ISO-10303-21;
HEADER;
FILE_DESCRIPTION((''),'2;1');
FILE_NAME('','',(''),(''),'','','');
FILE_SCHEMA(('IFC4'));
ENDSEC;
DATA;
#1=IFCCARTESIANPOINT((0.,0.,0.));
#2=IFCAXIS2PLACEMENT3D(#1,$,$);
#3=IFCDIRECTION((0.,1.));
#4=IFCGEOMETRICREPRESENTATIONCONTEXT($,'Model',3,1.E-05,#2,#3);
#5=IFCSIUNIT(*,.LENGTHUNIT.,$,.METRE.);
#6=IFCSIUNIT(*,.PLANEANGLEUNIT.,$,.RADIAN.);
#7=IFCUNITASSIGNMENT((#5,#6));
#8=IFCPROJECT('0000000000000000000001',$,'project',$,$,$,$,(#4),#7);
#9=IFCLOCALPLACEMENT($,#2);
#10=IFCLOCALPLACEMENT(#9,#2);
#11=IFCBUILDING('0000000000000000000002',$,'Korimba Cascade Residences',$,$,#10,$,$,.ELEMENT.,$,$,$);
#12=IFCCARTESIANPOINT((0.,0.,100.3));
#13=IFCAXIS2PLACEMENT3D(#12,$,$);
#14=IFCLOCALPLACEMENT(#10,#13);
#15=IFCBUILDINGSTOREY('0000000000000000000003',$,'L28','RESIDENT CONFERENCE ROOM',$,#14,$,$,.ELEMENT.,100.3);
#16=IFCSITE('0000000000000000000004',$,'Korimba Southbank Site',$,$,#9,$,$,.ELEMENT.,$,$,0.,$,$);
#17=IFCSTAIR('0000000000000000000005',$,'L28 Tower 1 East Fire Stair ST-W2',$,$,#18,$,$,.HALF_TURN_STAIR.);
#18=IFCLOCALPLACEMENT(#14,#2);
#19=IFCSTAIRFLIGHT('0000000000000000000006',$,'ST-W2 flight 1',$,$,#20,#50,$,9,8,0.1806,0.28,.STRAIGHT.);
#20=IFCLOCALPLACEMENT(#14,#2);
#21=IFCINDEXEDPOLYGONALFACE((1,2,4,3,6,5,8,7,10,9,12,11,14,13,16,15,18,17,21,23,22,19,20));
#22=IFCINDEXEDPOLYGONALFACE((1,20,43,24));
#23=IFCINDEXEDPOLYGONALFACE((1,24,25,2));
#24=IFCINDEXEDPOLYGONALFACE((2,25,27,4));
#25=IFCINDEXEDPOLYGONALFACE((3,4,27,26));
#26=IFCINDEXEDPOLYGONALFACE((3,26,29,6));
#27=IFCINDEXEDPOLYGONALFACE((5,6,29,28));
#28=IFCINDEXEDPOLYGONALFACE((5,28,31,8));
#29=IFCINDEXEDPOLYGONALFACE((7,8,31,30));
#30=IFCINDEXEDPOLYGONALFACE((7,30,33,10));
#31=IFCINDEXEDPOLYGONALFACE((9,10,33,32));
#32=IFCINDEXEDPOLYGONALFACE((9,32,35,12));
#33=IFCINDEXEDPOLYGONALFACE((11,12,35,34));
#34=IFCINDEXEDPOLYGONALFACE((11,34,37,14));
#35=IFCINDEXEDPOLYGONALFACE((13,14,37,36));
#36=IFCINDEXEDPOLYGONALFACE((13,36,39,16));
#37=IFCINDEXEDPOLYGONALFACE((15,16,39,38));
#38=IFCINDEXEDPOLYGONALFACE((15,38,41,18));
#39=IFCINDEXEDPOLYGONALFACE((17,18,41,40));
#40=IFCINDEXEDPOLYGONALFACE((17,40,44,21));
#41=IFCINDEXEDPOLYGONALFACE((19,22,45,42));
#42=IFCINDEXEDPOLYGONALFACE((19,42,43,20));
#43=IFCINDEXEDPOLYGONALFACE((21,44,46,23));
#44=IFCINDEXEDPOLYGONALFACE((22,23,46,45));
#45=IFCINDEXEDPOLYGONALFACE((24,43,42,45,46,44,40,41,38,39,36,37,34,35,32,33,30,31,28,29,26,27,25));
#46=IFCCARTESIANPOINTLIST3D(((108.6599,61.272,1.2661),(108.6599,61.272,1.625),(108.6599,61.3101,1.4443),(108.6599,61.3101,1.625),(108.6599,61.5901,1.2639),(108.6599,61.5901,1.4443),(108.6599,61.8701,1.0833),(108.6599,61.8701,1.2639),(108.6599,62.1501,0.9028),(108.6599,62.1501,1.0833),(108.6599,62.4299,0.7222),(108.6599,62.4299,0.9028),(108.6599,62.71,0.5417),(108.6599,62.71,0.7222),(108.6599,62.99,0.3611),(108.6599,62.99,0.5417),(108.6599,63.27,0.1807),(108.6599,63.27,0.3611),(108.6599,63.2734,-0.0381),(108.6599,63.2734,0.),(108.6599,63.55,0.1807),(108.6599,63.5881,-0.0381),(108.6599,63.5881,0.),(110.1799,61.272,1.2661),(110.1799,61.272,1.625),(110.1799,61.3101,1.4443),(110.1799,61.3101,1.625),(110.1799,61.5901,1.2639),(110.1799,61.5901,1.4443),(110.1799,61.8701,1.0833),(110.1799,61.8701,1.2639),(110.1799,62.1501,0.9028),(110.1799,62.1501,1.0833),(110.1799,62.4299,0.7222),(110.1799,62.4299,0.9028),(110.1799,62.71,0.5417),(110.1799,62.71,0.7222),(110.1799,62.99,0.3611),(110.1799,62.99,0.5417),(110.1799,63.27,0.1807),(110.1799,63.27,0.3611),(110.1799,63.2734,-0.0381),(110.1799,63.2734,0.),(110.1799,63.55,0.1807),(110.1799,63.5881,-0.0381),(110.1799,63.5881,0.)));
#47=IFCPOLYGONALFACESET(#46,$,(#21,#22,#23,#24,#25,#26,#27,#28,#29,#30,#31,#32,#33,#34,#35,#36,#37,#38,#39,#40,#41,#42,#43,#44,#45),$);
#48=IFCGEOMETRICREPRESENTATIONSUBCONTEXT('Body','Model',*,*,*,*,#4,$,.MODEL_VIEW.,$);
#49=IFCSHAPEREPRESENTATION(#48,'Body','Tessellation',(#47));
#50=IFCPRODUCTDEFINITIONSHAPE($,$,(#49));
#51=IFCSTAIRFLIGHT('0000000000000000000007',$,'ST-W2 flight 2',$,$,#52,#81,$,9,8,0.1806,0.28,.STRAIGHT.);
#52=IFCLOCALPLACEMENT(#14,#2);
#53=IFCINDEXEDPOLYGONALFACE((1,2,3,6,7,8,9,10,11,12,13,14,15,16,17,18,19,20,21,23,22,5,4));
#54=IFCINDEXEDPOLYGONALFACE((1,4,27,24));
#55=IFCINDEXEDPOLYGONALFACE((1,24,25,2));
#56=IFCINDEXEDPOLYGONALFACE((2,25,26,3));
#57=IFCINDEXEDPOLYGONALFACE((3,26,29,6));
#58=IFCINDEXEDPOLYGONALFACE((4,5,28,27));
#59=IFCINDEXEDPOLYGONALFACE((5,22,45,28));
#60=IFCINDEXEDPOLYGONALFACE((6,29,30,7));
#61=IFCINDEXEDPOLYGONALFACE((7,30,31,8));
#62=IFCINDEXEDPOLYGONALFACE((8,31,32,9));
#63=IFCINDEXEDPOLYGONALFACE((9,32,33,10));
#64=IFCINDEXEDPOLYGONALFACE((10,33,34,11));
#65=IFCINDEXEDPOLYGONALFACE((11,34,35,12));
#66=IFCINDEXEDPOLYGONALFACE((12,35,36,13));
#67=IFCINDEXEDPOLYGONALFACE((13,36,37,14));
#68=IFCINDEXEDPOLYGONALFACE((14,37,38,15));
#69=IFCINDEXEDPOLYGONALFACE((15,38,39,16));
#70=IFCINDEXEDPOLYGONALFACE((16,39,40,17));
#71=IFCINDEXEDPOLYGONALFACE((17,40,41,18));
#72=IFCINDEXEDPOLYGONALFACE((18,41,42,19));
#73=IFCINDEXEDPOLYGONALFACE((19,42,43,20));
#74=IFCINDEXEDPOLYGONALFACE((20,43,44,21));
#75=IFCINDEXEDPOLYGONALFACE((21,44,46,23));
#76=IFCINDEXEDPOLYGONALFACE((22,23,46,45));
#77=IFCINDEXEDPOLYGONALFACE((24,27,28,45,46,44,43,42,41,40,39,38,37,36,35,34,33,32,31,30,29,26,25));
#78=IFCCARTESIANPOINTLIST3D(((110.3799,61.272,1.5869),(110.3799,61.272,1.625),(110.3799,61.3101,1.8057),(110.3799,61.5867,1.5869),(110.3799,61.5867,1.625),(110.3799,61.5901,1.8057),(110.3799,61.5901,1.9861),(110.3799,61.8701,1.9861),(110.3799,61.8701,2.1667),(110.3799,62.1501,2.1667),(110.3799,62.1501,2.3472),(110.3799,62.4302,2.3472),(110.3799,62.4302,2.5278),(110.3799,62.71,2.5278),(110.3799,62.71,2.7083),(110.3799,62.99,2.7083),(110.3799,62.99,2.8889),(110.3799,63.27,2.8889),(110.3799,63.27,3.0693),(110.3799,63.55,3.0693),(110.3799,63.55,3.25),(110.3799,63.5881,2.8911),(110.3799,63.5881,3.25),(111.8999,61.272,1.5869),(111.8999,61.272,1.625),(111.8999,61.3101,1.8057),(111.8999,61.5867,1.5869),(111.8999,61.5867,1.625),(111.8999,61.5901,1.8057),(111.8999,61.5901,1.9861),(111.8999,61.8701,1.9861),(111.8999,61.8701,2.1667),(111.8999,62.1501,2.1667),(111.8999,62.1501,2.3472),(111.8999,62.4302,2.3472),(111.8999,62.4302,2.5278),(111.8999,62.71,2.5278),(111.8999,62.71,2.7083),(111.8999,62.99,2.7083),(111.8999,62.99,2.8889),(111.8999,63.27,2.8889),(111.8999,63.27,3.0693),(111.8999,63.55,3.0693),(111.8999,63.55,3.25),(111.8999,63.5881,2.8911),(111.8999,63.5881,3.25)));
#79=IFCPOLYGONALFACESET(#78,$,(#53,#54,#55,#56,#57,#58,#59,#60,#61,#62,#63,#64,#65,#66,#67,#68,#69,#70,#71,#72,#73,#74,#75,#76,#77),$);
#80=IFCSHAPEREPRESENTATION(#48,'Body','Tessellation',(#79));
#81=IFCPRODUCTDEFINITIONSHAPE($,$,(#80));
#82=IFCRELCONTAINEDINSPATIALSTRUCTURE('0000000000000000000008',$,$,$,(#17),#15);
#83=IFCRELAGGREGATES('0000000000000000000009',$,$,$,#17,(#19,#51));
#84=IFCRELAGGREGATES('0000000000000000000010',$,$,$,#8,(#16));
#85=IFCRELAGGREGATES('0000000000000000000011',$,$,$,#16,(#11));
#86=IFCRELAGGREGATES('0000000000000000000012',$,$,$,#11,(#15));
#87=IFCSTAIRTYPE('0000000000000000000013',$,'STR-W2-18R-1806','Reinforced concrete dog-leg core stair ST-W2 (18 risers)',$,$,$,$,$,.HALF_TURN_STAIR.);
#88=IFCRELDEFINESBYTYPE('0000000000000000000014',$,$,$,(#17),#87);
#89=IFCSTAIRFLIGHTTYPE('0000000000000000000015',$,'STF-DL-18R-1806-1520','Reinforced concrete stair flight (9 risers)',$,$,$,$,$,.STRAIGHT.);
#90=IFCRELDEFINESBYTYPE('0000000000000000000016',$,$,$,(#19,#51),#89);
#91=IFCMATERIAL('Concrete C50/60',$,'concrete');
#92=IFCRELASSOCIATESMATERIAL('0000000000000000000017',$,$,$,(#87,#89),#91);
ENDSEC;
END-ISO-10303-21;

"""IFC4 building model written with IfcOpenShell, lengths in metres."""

from ifc_helpers import new_model, si_unit, direction, frame, origin, place, context, subcontext, project, spatial, polyline, outline, extrude, material, type_object, element, aggregate, save


model = new_model("IFC4")

# Units and contexts
model_context = context("Model", 3, precision=1e-05, world=origin(), true_north=direction((0.0, 1.0)))
body_context = subcontext(model_context, "Body", "Model", "MODEL_VIEW")
ifc_project = project(units=[si_unit("LENGTHUNIT", "METRE"), si_unit("PLANEANGLEUNIT", "RADIAN")], contexts=[model_context])

# Site, building, storey
site_placement = place(None, origin())
site = spatial("IfcSite", under=ifc_project, at=site_placement, Name="Korimba Southbank Site", CompositionType="ELEMENT", RefElevation=0.0)
building_placement = place(site_placement, origin())
building = spatial("IfcBuilding", under=site, at=building_placement, Name="Korimba Cascade Residences", CompositionType="ELEMENT")
storey_placement = place(building_placement, frame((0.0, 0.0, 100.3)))
storey = spatial("IfcBuildingStorey", under=building, at=storey_placement, Name="L28", Description="RESIDENT CONFERENCE ROOM", CompositionType="ELEMENT", Elevation=100.3)

# Shared definitions
ifc_material_1 = material(Name="Concrete C50/60", Category="concrete")

# Stair, stair flights
stair_type = type_object("IfcStairType", Name="STR-W2-18R-1806", Description="Reinforced concrete dog-leg core stair ST-W2 (18 risers)", PredefinedType="HALF_TURN_STAIR", material=ifc_material_1)
stair_placement = place(storey_placement, origin())
stair = element("IfcStair", 1, at=stair_placement, inside=storey, type_object=stair_type, Name="L28 Tower 1 East Fire Stair ST-W2", PredefinedType="HALF_TURN_STAIR")
stair_flight_type = type_object("IfcStairFlightType", Name="STF-DL-18R-1806-1520", Description="Reinforced concrete stair flight (9 risers)", PredefinedType="STRAIGHT", material=ifc_material_1)
stair_flight_1_placement = place(storey_placement, frame((109.4199, 63.55, 0.0), z_axis=(0.0, 0.0, 1.0), x_axis=(0.0, -1.0, 0.0)))
stair_flight_1 = element("IfcStairFlight", 2, at=stair_flight_1_placement, type_object=stair_flight_type, Name="ST-W2 flight 1", NumberOfRisers=9, NumberOfTreads=8, PredefinedType="STRAIGHT", RiserHeight=0.1806, TreadLength=0.28, context=body_context, shape_type="SweptSolid", body=[
    extrude(outline(polyline([(-0.0381, 0.0), (0.0, 0.1807), (0.28, 0.1807), (0.28, 0.3611), (0.5601, 0.3611), (0.5601, 0.5417), (0.8401, 0.5417), (0.8401, 0.7222), (1.1201, 0.7222), (1.1201, 0.9028), (1.3999, 0.9028), (1.3999, 1.0833), (1.6799, 1.0833), (1.6799, 1.2639), (1.96, 1.2639), (1.96, 1.4443), (2.24, 1.4443), (2.24, 1.625), (2.2781, 1.625), (2.2781, 1.2661), (0.2766, 0.0), (0.2766, -0.0381), (-0.0381, -0.0381), (-0.0381, 0.0)])), frame((0.0, 0.76, 0.0), z_axis=(0.0, -1.0, 0.0), x_axis=(1.0, 0.0, 0.0)), (0.0, 0.0, 1.0), 1.52),
])
stair_flight_2_placement = place(storey_placement, frame((111.1399, 61.3101, 1.625), z_axis=(0.0, 0.0, 1.0), x_axis=(0.0, 1.0, 0.0)))
stair_flight_2 = element("IfcStairFlight", 3, at=stair_flight_2_placement, type_object=stair_flight_type, Name="ST-W2 flight 2", NumberOfRisers=9, NumberOfTreads=8, PredefinedType="STRAIGHT", RiserHeight=0.1806, TreadLength=0.28, context=body_context, shape_type="SweptSolid", body=[
    extrude(outline(polyline([(-0.0381, 0.0), (0.0, 0.1807), (0.28, 0.1807), (0.28, 0.3611), (0.5601, 0.3611), (0.5601, 0.5417), (0.8401, 0.5417), (0.8401, 0.7222), (1.1201, 0.7222), (1.1201, 0.9028), (1.3999, 0.9028), (1.3999, 1.0833), (1.6799, 1.0833), (1.6799, 1.2639), (1.96, 1.2639), (1.96, 1.4443), (2.24, 1.4443), (2.24, 1.625), (2.2781, 1.625), (2.2781, 1.2661), (0.2766, 0.0), (0.2766, -0.0381), (-0.0381, -0.0381), (-0.0381, 0.0)])), frame((0.0, 0.76, 0.0), z_axis=(0.0, -1.0, 0.0), x_axis=(1.0, 0.0, 0.0)), (0.0, 0.0, 1.0), 1.52),
])
aggregate(stair, [stair_flight_1, stair_flight_2])

save(model, "model.ifc")
